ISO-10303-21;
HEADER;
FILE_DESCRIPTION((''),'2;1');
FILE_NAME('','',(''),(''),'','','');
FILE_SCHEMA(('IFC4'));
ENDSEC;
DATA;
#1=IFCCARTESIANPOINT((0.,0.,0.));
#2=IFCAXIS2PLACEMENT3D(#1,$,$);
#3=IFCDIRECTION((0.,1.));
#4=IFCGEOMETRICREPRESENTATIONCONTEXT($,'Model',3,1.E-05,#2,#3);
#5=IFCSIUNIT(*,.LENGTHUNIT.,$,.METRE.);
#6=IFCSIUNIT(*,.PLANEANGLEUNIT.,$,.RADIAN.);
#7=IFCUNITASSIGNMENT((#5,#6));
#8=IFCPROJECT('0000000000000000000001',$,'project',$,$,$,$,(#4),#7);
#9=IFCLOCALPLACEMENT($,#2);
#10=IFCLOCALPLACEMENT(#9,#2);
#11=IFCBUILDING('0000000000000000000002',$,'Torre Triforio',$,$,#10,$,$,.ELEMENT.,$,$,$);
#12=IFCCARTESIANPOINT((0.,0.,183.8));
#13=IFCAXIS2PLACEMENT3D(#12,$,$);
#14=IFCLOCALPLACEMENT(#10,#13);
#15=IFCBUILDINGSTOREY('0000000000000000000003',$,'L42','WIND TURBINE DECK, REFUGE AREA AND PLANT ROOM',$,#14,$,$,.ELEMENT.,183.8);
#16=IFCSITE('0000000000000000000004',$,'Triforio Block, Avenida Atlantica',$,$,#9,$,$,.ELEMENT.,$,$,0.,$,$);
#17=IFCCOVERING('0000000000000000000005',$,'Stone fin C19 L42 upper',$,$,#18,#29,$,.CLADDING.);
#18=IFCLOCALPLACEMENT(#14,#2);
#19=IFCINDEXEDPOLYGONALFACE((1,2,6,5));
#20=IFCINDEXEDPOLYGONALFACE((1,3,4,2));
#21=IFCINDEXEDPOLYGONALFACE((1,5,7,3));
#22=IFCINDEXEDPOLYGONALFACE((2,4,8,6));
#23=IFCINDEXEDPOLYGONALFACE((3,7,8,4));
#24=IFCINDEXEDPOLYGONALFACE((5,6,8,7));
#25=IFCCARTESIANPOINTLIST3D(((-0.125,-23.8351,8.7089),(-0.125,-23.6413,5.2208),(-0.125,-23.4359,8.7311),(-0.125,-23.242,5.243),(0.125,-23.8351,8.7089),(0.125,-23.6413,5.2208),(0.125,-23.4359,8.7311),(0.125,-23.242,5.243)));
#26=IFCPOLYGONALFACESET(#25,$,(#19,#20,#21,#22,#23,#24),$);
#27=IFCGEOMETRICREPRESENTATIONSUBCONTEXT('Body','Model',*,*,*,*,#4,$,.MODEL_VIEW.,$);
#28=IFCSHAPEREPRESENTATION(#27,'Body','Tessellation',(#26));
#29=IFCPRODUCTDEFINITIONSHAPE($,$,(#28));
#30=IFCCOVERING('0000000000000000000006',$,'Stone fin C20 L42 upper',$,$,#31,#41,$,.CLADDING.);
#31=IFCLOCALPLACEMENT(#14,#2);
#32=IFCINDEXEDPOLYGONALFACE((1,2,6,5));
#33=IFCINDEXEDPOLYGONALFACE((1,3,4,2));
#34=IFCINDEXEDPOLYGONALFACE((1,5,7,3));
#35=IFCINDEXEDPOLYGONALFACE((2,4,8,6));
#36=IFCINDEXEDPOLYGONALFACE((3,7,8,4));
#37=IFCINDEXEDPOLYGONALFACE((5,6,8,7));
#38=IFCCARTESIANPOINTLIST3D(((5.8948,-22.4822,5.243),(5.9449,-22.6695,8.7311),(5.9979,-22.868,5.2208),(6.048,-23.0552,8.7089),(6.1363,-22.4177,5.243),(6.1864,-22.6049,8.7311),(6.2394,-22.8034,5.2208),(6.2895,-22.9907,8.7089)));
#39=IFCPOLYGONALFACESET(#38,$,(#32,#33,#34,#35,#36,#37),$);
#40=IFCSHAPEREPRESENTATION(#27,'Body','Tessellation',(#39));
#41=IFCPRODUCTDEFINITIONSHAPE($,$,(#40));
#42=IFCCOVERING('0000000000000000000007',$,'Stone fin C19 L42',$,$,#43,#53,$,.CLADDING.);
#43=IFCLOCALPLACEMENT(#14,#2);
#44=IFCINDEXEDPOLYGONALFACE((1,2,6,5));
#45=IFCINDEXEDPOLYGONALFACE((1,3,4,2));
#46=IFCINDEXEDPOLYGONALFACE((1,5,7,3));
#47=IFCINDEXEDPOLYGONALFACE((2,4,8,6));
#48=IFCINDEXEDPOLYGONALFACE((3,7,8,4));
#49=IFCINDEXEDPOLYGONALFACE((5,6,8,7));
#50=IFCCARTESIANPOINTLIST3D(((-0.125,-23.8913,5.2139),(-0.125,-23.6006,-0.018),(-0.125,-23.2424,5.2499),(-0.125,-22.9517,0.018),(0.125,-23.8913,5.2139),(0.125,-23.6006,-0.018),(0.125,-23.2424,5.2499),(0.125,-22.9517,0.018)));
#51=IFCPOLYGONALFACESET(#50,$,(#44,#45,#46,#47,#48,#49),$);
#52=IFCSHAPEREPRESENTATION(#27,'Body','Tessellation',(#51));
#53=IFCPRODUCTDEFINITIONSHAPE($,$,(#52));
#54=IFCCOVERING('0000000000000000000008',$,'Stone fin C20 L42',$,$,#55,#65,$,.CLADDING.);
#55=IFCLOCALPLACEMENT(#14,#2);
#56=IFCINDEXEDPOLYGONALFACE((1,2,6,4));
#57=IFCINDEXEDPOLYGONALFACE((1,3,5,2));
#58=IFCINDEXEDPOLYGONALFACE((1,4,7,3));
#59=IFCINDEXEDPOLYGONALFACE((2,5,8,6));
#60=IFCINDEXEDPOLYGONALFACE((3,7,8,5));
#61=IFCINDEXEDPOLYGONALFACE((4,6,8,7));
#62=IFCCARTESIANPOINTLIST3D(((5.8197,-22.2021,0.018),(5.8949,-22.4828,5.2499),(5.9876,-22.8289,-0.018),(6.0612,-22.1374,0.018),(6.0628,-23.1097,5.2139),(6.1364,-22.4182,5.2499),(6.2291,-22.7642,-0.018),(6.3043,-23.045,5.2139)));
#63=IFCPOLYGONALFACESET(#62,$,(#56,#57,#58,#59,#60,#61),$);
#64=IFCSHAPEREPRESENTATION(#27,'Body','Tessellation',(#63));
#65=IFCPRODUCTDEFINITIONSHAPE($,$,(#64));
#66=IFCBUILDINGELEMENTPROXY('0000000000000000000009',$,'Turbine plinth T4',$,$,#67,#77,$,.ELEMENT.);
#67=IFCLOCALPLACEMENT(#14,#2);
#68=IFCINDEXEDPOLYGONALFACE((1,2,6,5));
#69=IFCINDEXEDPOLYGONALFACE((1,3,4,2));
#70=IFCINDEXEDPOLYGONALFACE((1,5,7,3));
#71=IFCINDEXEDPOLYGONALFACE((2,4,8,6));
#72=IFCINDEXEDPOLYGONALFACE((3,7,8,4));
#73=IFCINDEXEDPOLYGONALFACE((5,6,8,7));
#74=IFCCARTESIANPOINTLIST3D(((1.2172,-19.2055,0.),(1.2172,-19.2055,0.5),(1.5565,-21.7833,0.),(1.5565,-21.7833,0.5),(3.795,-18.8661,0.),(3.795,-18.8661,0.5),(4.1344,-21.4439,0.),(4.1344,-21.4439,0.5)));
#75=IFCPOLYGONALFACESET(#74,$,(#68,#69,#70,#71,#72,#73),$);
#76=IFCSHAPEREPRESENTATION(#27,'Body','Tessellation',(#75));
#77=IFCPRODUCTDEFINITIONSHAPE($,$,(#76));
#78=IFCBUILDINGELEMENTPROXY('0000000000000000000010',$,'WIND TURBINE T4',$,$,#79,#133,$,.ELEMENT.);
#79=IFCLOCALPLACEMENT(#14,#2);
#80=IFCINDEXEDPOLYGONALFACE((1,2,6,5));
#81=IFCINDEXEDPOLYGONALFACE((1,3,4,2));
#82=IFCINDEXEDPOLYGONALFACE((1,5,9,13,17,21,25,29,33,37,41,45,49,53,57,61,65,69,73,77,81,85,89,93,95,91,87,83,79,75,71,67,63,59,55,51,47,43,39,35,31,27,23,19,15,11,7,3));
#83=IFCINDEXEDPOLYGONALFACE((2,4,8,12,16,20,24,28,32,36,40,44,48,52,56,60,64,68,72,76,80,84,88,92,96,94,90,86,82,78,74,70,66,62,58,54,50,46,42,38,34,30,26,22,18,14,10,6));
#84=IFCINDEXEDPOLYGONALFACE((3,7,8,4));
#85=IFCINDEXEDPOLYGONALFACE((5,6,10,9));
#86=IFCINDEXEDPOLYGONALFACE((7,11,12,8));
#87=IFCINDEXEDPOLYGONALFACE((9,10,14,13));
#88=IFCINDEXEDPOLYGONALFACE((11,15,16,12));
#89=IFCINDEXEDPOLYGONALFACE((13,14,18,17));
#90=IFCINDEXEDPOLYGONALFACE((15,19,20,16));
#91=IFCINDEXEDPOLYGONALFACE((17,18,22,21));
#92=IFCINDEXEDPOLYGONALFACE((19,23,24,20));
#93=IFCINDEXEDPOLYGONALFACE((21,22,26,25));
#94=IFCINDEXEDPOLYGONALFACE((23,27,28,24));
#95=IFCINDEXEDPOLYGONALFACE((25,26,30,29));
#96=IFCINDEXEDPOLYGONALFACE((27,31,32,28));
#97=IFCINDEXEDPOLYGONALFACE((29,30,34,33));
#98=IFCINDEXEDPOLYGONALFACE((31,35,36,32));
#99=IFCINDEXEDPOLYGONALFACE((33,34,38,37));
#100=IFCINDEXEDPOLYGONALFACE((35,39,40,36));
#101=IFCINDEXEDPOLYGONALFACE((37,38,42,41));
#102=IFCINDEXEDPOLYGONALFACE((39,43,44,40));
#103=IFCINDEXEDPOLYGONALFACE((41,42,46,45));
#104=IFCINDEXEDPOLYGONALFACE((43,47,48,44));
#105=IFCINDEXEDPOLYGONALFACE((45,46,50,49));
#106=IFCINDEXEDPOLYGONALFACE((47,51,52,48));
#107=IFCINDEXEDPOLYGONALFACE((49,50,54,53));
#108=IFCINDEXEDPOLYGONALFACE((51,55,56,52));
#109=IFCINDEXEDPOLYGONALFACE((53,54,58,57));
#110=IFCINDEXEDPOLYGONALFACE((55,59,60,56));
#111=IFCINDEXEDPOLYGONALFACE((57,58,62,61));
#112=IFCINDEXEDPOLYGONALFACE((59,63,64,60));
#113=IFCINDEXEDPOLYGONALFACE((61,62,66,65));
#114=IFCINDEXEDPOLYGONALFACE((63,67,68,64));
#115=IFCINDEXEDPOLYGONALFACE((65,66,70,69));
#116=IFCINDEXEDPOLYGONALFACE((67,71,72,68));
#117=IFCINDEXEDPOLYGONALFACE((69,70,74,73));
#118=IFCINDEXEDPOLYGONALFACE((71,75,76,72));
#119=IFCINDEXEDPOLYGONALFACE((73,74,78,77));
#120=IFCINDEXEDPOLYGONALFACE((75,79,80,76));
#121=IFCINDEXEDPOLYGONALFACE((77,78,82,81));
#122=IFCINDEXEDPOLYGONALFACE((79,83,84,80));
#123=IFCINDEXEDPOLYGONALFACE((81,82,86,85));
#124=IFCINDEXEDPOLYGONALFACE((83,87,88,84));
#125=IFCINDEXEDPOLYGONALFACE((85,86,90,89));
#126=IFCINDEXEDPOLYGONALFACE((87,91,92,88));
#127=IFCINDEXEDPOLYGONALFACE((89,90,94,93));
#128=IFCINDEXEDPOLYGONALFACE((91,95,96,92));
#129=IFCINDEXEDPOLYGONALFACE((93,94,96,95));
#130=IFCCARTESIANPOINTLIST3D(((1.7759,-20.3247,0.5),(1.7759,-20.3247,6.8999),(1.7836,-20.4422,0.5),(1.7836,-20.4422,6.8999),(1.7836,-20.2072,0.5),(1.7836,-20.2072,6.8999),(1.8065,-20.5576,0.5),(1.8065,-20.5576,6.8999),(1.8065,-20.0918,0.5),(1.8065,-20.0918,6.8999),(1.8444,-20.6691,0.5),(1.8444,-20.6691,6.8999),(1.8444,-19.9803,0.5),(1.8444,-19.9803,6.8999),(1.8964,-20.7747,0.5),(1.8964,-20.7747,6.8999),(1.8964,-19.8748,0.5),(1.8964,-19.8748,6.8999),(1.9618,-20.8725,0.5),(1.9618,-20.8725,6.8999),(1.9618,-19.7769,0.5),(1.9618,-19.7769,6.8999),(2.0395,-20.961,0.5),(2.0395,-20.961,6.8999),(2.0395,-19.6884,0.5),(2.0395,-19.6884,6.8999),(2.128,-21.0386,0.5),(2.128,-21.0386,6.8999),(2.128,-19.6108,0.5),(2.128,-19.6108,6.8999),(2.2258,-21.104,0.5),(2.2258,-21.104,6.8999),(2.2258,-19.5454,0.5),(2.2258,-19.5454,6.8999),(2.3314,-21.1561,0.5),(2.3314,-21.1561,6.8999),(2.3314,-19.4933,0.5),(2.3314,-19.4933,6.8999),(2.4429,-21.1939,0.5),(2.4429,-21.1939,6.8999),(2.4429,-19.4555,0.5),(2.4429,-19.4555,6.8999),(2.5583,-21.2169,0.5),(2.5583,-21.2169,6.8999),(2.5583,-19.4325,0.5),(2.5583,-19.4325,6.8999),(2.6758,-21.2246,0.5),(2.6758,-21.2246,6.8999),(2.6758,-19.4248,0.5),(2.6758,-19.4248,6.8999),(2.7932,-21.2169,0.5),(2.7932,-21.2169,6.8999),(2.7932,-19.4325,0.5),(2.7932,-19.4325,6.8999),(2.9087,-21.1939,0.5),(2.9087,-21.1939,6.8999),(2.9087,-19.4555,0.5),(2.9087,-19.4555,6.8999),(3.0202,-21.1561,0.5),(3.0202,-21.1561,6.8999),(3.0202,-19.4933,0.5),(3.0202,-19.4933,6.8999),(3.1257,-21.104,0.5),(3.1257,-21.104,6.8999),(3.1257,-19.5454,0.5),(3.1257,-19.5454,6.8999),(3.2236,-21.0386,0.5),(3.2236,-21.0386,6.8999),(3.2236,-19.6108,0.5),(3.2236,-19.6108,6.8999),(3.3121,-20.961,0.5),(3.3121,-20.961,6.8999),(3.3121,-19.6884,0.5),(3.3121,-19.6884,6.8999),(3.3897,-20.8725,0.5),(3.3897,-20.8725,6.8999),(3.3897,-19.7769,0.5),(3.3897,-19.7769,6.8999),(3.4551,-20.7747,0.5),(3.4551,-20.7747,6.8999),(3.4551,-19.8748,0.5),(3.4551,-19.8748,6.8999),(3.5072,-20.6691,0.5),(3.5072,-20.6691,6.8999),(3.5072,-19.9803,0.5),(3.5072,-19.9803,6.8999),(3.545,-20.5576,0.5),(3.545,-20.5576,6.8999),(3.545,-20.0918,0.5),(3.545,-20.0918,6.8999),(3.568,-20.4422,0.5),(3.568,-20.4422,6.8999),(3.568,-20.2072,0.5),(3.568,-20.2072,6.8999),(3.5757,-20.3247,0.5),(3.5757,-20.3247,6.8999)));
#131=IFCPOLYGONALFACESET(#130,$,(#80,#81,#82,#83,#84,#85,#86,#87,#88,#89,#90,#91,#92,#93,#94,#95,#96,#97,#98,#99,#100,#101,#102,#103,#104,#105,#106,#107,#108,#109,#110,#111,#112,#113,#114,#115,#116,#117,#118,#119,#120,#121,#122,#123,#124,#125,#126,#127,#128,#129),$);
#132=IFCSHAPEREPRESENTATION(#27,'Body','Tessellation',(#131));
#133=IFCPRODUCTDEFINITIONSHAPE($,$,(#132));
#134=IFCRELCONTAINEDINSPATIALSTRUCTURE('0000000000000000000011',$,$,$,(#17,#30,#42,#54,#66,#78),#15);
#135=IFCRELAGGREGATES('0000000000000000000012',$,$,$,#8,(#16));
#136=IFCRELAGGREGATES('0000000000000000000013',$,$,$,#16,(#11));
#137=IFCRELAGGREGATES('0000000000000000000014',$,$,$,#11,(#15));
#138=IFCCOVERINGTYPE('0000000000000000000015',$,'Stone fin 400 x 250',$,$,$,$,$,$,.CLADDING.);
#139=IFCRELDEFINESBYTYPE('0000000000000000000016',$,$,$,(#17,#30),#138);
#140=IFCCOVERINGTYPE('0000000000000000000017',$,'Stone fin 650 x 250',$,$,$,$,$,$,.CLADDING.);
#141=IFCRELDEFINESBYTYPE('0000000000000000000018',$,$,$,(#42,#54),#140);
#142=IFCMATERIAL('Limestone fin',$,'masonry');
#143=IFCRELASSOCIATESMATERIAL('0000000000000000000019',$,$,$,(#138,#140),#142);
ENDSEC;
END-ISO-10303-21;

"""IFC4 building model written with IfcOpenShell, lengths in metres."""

from ifc_helpers import new_model, si_unit, direction, frame, origin, origin_2d, place, context, subcontext, project, spatial, rectangle, circle, extrude, material, material_profile, profile_set, type_object, element, save


model = new_model("IFC4")

# Units and contexts
model_context = context("Model", 3, precision=1e-05, world=origin(), true_north=direction((0.0, 1.0)))
body_context = subcontext(model_context, "Body", "Model", "MODEL_VIEW")
ifc_project = project(units=[si_unit("LENGTHUNIT", "METRE"), si_unit("PLANEANGLEUNIT", "RADIAN")], contexts=[model_context])

# Site, building, storey
site_placement = place(None, origin())
site = spatial("IfcSite", under=ifc_project, at=site_placement, Name="Triforio Block, Avenida Atlantica", CompositionType="ELEMENT", RefElevation=0.0)
building_placement = place(site_placement, origin())
building = spatial("IfcBuilding", under=site, at=building_placement, Name="Torre Triforio", CompositionType="ELEMENT")
storey_placement = place(building_placement, frame((0.0, 0.0, 183.8)))
storey = spatial("IfcBuildingStorey", under=building, at=storey_placement, Name="L42", Description="WIND TURBINE DECK, REFUGE AREA AND PLANT ROOM", CompositionType="ELEMENT", Elevation=183.8)

# Coverings
ifc_material_1 = material(Name="Limestone fin", Category="masonry")
ifc_material_profile_1 = material_profile(ifc_material_1, rectangle(XDim=0.3999, YDim=0.25, at=origin_2d()), Name="FIN 400x250")
ifc_profile_set_1 = profile_set([ifc_material_profile_1], Name="Limestone fin")
covering_type_1 = type_object("IfcCoveringType", Name="Stone fin 400 x 250", PredefinedType="CLADDING", material=ifc_profile_set_1)
for number, where, z_axis, x_axis, name in (
    (1, (0.0, -23.4417, 5.2319), (0.0, -0.055489, 0.998459), (0.0, 0.998459, 0.055489), "Stone fin C19 L42 upper"),
    (2, (6.0671, -22.6428, 5.2319), (0.014327, -0.053602, 0.99846), (-0.257814, 0.9646, 0.055484), "Stone fin C20 L42 upper"),
):
    element("IfcCovering", number, at=place(storey_placement, frame(where, z_axis=z_axis, x_axis=x_axis)), inside=storey, type_object=covering_type_1, Name=name, PredefinedType="CLADDING", context=body_context, shape_type="SweptSolid", body=[
        extrude(rectangle(XDim=0.3999, YDim=0.25, at=origin_2d()), origin(), (0.0, 0.0, 1.0), 3.4934),
    ])
ifc_material_profile_2 = material_profile(ifc_material_1, rectangle(XDim=0.6499, YDim=0.25, at=origin_2d()), Name="FIN 650x250")
ifc_profile_set_2 = profile_set([ifc_material_profile_2], Name="Limestone fin")
covering_type_2 = type_object("IfcCoveringType", Name="Stone fin 650 x 250", PredefinedType="CLADDING", material=ifc_profile_set_2)
for number, where, z_axis, x_axis, name in (
    (3, (0.0, -23.2761, 0.0), (0.0, -0.055491, 0.998459), (0.0, 0.998459, 0.055491), "Stone fin C19 L42"),
    (4, (6.0244, -22.4832, 0.0), (0.01435, -0.05358, 0.99846), (-0.25831, 0.964468, 0.055469), "Stone fin C20 L42"),
):
    element("IfcCovering", number, at=place(storey_placement, frame(where, z_axis=z_axis, x_axis=x_axis)), inside=storey, type_object=covering_type_2, Name=name, PredefinedType="CLADDING", context=body_context, shape_type="SweptSolid", body=[
        extrude(rectangle(XDim=0.6499, YDim=0.25, at=origin_2d()), origin(), (0.0, 0.0, 1.0), 5.24),
    ])

# Building element proxies
proxy_1_placement = place(storey_placement, frame((2.6758, -20.3247, 0.0), z_axis=(0.0, 0.0, 1.0), x_axis=(0.130526, -0.991445, 0.0)))
element("IfcBuildingElementProxy", 5, at=proxy_1_placement, inside=storey, Name="Turbine plinth T4", PredefinedType="ELEMENT", context=body_context, shape_type="SweptSolid", body=[
    extrude(rectangle(XDim=2.6001, YDim=2.6001, at=origin_2d()), origin(), (0.0, 0.0, 1.0), 0.5),
])
proxy_2_placement = place(storey_placement, frame((2.6758, -20.3247, 0.5), z_axis=(0.0, 0.0, 1.0), x_axis=(1.0, 0.0, 0.0)))
element("IfcBuildingElementProxy", 6, at=proxy_2_placement, inside=storey, Name="WIND TURBINE T4", PredefinedType="ELEMENT", context=body_context, shape_type="SweptSolid", body=[
    extrude(circle(Radius=0.8999, at=origin_2d()), origin(), (0.0, 0.0, 1.0), 6.3999),
])

save(model, "model.ifc")
